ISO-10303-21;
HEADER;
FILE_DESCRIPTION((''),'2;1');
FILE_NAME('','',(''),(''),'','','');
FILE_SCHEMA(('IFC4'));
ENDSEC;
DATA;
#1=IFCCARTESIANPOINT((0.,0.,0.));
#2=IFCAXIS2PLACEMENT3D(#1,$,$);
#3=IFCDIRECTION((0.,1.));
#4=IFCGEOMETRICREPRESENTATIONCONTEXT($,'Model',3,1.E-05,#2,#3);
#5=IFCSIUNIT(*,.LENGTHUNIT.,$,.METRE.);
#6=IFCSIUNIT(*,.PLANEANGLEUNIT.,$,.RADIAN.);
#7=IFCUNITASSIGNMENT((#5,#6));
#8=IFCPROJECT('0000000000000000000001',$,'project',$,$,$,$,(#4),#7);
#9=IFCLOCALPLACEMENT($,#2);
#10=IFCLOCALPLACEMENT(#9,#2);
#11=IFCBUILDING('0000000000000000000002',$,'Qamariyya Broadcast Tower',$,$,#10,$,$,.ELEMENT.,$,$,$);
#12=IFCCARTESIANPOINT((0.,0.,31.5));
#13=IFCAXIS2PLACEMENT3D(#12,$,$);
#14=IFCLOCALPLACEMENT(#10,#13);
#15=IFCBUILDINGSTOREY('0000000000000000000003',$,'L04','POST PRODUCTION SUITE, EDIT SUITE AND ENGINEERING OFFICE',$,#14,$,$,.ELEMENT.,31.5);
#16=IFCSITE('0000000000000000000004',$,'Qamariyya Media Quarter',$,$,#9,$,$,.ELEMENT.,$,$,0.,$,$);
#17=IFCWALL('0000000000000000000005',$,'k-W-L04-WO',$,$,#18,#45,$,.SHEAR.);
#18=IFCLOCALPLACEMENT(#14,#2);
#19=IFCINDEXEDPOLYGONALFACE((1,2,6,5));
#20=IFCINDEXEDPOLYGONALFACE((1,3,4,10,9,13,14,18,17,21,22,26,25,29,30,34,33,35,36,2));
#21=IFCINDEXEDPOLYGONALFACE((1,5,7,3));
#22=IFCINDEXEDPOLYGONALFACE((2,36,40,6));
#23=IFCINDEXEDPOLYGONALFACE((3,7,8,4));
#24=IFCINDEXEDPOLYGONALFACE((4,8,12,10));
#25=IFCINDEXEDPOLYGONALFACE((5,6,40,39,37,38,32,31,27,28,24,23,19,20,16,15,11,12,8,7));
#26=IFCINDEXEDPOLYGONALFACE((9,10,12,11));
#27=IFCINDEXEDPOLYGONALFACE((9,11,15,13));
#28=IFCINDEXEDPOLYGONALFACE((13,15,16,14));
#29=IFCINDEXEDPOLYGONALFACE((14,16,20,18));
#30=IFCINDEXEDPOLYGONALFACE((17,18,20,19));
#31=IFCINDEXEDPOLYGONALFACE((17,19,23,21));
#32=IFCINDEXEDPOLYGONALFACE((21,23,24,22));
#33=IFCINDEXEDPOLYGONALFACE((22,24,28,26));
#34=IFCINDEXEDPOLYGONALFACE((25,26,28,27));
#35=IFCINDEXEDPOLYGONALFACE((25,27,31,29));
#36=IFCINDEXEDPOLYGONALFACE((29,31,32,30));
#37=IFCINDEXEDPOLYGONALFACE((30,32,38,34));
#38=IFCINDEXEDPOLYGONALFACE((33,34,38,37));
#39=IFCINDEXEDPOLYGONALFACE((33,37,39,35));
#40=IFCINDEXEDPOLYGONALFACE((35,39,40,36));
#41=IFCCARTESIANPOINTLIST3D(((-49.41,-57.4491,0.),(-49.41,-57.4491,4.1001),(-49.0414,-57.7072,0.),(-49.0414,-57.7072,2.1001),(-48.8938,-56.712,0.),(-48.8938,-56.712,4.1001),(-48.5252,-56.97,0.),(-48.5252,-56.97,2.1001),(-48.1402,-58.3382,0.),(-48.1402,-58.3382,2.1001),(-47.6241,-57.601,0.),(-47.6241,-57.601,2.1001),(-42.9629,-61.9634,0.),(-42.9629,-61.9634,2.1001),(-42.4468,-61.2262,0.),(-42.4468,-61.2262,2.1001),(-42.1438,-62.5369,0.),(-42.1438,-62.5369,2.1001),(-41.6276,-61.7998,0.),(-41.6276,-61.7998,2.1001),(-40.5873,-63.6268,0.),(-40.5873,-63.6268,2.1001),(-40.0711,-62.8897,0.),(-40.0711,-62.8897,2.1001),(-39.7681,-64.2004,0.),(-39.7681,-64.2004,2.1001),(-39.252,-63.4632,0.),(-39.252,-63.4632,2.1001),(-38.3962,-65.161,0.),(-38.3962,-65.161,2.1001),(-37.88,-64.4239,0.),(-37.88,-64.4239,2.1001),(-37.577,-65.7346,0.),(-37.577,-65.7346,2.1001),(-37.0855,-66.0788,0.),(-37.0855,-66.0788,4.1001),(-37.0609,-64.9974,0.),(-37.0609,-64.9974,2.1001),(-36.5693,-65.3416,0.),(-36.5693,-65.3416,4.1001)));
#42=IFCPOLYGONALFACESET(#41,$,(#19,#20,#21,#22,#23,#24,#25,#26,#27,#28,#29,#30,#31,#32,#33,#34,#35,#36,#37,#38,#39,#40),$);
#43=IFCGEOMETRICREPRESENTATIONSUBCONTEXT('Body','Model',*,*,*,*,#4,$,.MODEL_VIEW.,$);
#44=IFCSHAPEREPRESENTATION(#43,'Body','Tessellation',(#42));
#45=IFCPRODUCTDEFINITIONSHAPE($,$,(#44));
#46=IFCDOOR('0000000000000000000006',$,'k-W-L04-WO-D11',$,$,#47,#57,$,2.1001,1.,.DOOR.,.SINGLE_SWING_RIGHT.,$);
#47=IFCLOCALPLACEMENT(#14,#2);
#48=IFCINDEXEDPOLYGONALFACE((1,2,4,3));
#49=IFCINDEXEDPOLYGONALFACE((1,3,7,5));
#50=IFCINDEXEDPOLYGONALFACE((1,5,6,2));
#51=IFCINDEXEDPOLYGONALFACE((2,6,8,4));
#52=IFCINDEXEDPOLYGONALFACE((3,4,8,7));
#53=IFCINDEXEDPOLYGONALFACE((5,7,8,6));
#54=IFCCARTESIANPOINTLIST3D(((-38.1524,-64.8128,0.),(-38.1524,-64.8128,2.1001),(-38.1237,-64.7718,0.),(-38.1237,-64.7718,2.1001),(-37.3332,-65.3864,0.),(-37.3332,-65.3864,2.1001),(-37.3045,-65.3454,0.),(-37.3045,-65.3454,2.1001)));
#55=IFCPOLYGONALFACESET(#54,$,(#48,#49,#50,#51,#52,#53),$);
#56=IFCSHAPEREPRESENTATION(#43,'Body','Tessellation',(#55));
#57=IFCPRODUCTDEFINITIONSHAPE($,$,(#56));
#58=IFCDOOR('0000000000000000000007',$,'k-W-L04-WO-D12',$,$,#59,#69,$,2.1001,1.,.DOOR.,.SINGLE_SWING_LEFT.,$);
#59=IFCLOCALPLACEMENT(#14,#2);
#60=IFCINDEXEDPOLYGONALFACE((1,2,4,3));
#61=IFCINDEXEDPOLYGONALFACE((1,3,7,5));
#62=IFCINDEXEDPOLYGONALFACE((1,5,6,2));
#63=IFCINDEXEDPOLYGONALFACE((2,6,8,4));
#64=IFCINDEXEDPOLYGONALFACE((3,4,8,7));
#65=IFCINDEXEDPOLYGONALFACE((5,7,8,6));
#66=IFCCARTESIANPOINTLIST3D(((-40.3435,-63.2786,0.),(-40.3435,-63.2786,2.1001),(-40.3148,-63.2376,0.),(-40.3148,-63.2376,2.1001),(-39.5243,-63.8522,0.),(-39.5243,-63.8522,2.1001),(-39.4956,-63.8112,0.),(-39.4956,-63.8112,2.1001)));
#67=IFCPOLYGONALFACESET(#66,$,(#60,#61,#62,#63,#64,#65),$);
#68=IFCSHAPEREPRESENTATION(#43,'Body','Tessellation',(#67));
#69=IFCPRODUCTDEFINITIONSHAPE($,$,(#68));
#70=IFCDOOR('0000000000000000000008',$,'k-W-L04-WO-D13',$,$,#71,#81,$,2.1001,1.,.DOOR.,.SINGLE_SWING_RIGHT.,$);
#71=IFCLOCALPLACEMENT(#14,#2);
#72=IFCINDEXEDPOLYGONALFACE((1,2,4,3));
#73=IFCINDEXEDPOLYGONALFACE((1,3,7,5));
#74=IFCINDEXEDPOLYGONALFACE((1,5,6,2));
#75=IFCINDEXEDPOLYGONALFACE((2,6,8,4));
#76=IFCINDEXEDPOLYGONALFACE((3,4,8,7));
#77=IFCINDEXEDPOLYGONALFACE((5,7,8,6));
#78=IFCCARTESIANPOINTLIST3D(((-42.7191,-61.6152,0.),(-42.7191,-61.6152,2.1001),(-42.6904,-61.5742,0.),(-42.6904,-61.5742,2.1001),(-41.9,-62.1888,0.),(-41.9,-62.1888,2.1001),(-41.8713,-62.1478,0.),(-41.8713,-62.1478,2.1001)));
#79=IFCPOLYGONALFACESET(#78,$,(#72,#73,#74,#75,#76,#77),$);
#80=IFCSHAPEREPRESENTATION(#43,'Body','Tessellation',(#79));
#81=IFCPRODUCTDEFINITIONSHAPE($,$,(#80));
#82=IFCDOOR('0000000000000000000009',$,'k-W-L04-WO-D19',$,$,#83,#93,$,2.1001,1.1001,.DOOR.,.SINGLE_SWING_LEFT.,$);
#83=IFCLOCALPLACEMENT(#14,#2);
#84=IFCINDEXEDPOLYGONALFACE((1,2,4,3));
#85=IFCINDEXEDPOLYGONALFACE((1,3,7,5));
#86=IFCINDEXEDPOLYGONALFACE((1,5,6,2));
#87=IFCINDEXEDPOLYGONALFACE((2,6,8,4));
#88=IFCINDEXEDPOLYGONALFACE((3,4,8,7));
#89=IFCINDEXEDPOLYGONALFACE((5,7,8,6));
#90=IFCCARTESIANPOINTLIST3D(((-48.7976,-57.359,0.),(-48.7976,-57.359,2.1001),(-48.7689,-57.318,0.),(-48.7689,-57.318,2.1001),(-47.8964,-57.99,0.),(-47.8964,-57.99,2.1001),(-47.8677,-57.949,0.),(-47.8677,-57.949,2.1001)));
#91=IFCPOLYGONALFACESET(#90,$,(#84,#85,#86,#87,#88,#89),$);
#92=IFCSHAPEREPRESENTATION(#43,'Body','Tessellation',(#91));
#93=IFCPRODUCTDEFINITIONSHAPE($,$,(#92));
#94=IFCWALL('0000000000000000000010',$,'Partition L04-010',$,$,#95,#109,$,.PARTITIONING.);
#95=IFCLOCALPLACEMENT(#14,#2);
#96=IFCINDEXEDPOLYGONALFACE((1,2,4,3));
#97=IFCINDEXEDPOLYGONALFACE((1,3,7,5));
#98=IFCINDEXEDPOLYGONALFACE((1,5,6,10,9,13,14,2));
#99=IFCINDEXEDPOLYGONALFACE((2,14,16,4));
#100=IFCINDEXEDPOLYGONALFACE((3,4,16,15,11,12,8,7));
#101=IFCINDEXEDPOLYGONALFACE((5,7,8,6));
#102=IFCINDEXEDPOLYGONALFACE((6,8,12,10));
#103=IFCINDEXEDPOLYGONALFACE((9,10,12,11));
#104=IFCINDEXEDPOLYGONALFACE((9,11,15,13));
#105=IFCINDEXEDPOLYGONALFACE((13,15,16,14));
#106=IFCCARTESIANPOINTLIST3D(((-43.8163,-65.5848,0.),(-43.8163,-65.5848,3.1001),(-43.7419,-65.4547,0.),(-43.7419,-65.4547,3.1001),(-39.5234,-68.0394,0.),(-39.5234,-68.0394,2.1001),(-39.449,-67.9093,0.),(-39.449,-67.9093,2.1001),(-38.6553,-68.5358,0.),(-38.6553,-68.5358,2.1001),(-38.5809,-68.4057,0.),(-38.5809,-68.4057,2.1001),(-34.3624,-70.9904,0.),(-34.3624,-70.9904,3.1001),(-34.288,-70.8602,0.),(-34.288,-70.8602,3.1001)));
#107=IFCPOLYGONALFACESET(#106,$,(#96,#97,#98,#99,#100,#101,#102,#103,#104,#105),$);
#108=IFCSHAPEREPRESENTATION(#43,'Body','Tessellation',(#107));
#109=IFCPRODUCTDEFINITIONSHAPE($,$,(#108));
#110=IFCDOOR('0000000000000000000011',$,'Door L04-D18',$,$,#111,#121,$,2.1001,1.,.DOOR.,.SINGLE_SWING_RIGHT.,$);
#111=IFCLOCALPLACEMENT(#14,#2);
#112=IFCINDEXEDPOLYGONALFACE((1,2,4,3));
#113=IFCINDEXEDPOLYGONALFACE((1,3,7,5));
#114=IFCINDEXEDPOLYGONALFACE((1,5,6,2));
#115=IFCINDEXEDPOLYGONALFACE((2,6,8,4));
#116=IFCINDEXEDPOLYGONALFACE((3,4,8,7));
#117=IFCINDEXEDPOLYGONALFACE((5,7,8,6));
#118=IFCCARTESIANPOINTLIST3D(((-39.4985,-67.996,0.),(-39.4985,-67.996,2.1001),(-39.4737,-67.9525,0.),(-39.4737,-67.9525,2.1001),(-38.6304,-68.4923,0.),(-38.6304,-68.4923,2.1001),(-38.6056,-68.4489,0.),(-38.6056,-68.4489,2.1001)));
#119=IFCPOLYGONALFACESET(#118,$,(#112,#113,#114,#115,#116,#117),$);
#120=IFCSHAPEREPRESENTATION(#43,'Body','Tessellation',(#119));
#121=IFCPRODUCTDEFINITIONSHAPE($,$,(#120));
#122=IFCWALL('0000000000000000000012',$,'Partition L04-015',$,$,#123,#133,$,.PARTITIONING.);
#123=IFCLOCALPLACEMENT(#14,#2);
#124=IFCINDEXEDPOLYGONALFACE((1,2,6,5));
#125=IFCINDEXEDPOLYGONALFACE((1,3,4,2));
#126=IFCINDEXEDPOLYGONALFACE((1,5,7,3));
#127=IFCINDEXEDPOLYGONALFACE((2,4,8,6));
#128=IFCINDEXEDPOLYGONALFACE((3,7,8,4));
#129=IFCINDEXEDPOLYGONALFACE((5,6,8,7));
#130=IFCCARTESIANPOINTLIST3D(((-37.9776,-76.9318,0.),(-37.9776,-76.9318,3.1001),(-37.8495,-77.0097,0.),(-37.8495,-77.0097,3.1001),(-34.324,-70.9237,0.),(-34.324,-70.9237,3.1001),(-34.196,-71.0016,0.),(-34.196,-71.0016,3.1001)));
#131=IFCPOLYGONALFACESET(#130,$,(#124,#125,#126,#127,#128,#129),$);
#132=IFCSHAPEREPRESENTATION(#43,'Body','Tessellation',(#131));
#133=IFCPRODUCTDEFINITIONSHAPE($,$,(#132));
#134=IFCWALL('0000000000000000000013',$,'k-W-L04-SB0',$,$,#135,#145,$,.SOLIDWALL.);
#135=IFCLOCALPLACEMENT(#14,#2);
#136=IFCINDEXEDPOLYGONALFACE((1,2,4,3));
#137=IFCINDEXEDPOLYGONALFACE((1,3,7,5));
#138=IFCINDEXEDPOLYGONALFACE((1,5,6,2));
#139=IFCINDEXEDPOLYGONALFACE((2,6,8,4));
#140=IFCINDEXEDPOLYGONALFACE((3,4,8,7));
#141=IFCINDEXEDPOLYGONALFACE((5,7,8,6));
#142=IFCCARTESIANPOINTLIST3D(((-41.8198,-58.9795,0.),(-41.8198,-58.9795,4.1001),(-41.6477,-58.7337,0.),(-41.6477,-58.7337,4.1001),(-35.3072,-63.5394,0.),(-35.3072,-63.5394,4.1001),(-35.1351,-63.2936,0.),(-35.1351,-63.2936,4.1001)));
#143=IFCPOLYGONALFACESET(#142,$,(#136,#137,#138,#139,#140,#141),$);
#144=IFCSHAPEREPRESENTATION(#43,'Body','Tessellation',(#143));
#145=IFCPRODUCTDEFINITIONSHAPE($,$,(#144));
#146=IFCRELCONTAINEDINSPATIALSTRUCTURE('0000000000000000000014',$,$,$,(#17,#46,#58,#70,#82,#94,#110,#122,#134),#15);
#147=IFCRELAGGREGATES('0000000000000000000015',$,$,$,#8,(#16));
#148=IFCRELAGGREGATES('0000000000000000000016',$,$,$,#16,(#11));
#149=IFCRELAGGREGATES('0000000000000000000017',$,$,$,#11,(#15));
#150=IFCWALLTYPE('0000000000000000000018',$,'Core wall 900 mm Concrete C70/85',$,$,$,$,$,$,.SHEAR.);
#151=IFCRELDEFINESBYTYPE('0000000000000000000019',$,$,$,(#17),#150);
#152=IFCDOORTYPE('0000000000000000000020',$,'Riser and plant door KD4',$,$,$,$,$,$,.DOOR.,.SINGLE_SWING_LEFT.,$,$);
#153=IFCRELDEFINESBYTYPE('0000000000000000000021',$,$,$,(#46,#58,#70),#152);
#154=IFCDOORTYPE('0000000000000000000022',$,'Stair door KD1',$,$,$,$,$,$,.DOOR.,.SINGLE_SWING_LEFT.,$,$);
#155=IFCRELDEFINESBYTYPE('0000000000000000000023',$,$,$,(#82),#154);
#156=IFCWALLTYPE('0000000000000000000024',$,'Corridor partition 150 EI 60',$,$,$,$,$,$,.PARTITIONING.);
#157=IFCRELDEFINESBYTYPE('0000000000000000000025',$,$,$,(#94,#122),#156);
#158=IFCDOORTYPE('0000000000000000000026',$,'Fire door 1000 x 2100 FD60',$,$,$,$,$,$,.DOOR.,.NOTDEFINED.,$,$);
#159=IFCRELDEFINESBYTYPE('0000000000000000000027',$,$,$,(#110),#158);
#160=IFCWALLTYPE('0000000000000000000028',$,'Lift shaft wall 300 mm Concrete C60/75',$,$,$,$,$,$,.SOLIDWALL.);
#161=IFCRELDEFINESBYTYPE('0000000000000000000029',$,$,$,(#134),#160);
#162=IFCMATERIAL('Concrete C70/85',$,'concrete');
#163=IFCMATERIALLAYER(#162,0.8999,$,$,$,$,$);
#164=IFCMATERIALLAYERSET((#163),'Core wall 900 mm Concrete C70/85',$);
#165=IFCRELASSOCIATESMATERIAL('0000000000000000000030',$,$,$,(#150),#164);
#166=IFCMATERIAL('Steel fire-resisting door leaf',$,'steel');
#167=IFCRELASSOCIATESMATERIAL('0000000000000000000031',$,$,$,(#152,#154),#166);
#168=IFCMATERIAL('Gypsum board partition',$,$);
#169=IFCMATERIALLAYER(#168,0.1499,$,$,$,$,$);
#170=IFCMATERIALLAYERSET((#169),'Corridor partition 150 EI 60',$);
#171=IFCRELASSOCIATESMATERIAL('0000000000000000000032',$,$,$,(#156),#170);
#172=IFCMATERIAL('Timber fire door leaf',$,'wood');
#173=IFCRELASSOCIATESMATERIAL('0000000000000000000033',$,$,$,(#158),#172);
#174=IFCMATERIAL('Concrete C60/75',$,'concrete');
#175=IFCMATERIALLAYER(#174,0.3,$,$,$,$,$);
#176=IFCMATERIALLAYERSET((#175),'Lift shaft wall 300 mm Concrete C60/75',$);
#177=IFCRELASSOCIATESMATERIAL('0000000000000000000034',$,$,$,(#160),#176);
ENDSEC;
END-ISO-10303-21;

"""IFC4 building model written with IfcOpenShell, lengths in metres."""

from ifc_helpers import new_model, si_unit, direction, frame, frame_2d, origin, place, context, subcontext, project, spatial, rectangle, extrude, material, layer, layer_set, type_object, element, fill, save


model = new_model("IFC4")

# Units and contexts
model_context = context("Model", 3, precision=1e-05, world=origin(), true_north=direction((0.0, 1.0)))
body_context = subcontext(model_context, "Body", "Model", "MODEL_VIEW")
ifc_project = project(units=[si_unit("LENGTHUNIT", "METRE"), si_unit("PLANEANGLEUNIT", "RADIAN")], contexts=[model_context])

# Site, building, storey
site_placement = place(None, origin())
site = spatial("IfcSite", under=ifc_project, at=site_placement, Name="Qamariyya Media Quarter", CompositionType="ELEMENT", RefElevation=0.0)
building_placement = place(site_placement, origin())
building = spatial("IfcBuilding", under=site, at=building_placement, Name="Qamariyya Broadcast Tower", CompositionType="ELEMENT")
storey_placement = place(building_placement, frame((0.0, 0.0, 31.5)))
storey = spatial("IfcBuildingStorey", under=building, at=storey_placement, Name="L04", Description="POST PRODUCTION SUITE, EDIT SUITE AND ENGINEERING OFFICE", CompositionType="ELEMENT", Elevation=31.5)

# Shared definitions
ifc_material_1 = material(Name="Concrete C70/85", Category="concrete")

# Shared definitions
ifc_layer_1 = layer(ifc_material_1, 0.8999)
ifc_layer_set_1 = layer_set([ifc_layer_1], Name="Core wall 900 mm Concrete C70/85")
wall_type_1 = type_object("IfcWallType", Name="Core wall 900 mm Concrete C70/85", PredefinedType="SHEAR", material=ifc_layer_set_1)
ifc_material_2 = material(Name="Steel fire-resisting door leaf", Category="steel")

# Wall, openings, doors
wall_1_placement = place(storey_placement, frame((-36.8274, -65.7102, 0.0), z_axis=(0.0, 0.0, 1.0), x_axis=(-0.819153, 0.573575, 0.0)))
wall_1 = element("IfcWall", 1, at=wall_1_placement, inside=storey, type_object=wall_type_1, Name="k-W-L04-WO", PredefinedType="SHEAR", context=body_context, shape_type="SweptSolid", body=[
    extrude(rectangle(XDim=15.0454, YDim=0.8999, at=frame_2d((7.5227, 0.0))), origin(), (0.0, 0.0, 1.0), 4.1001),
])
opening_1_placement = place(wall_1_placement, frame((0.6001, 0.0, 0.0)))
opening_1 = element("IfcOpeningElement", 2, at=opening_1_placement, cuts=wall_1, PredefinedType="OPENING", context=body_context, shape_type="SweptSolid", body=[
    extrude(rectangle(XDim=1.0, YDim=2.1001, at=frame_2d((0.5, 1.05))), frame((0.0, 0.46, 0.0), z_axis=(0.0, -1.0, 0.0), x_axis=(1.0, 0.0, 0.0)), (0.0, 0.0, 1.0), 0.9199),
])
opening_2_placement = place(wall_1_placement, frame((3.2749, 0.0, 0.0)))
opening_2 = element("IfcOpeningElement", 3, at=opening_2_placement, cuts=wall_1, PredefinedType="OPENING", context=body_context, shape_type="SweptSolid", body=[
    extrude(rectangle(XDim=1.0, YDim=2.1001, at=frame_2d((0.5, 1.05))), frame((0.0, 0.46, 0.0), z_axis=(0.0, -1.0, 0.0), x_axis=(1.0, 0.0, 0.0)), (0.0, 0.0, 1.0), 0.9199),
])
opening_3_placement = place(wall_1_placement, frame((6.175, 0.0, 0.0)))
opening_3 = element("IfcOpeningElement", 4, at=opening_3_placement, cuts=wall_1, PredefinedType="OPENING", context=body_context, shape_type="SweptSolid", body=[
    extrude(rectangle(XDim=1.0, YDim=2.1001, at=frame_2d((0.5, 1.05))), frame((0.0, 0.46, 0.0), z_axis=(0.0, -1.0, 0.0), x_axis=(1.0, 0.0, 0.0)), (0.0, 0.0, 1.0), 0.9199),
])
opening_4_placement = place(wall_1_placement, frame((13.4954, 0.0, 0.0)))
opening_4 = element("IfcOpeningElement", 5, at=opening_4_placement, cuts=wall_1, PredefinedType="OPENING", context=body_context, shape_type="SweptSolid", body=[
    extrude(rectangle(XDim=1.1001, YDim=2.1001, at=frame_2d((0.55, 1.05))), frame((0.0, 0.46, 0.0), z_axis=(0.0, -1.0, 0.0), x_axis=(1.0, 0.0, 0.0)), (0.0, 0.0, 1.0), 0.9199),
])
door_type_1 = type_object("IfcDoorType", Name="Riser and plant door KD4", OperationType="SINGLE_SWING_LEFT", PredefinedType="DOOR", material=ifc_material_2)
door_1_placement = place(opening_1_placement, origin())
door_1 = element("IfcDoor", 6, at=door_1_placement, inside=storey, type_object=door_type_1, Name="k-W-L04-WO-D11", OperationType="SINGLE_SWING_RIGHT", OverallHeight=2.1001, OverallWidth=1.0, PredefinedType="DOOR", context=body_context, shape_type="SweptSolid", body=[
    extrude(rectangle(XDim=1.0, YDim=2.1001, at=frame_2d((0.5, 1.05))), frame((0.0, 0.0249, 0.0), z_axis=(0.0, -1.0, 0.0), x_axis=(1.0, 0.0, 0.0)), (0.0, 0.0, 1.0), 0.05),
])
fill(opening_1, door_1)
door_2_placement = place(opening_2_placement, origin())
door_2 = element("IfcDoor", 7, at=door_2_placement, inside=storey, type_object=door_type_1, Name="k-W-L04-WO-D12", OperationType="SINGLE_SWING_LEFT", OverallHeight=2.1001, OverallWidth=1.0, PredefinedType="DOOR", context=body_context, shape_type="SweptSolid", body=[
    extrude(rectangle(XDim=1.0, YDim=2.1001, at=frame_2d((0.5, 1.05))), frame((0.0, 0.0249, 0.0), z_axis=(0.0, -1.0, 0.0), x_axis=(1.0, 0.0, 0.0)), (0.0, 0.0, 1.0), 0.05),
])
fill(opening_2, door_2)
door_3_placement = place(opening_3_placement, origin())
door_3 = element("IfcDoor", 8, at=door_3_placement, inside=storey, type_object=door_type_1, Name="k-W-L04-WO-D13", OperationType="SINGLE_SWING_RIGHT", OverallHeight=2.1001, OverallWidth=1.0, PredefinedType="DOOR", context=body_context, shape_type="SweptSolid", body=[
    extrude(rectangle(XDim=1.0, YDim=2.1001, at=frame_2d((0.5, 1.05))), frame((0.0, 0.0249, 0.0), z_axis=(0.0, -1.0, 0.0), x_axis=(1.0, 0.0, 0.0)), (0.0, 0.0, 1.0), 0.05),
])
fill(opening_3, door_3)
door_type_2 = type_object("IfcDoorType", Name="Stair door KD1", OperationType="SINGLE_SWING_LEFT", PredefinedType="DOOR", material=ifc_material_2)
door_4_placement = place(opening_4_placement, origin())
door_4 = element("IfcDoor", 9, at=door_4_placement, inside=storey, type_object=door_type_2, Name="k-W-L04-WO-D19", OperationType="SINGLE_SWING_LEFT", OverallHeight=2.1001, OverallWidth=1.1001, PredefinedType="DOOR", context=body_context, shape_type="SweptSolid", body=[
    extrude(rectangle(XDim=1.1001, YDim=2.1001, at=frame_2d((0.55, 1.05))), frame((0.0, 0.0249, 0.0), z_axis=(0.0, -1.0, 0.0), x_axis=(1.0, 0.0, 0.0)), (0.0, 0.0, 1.0), 0.05),
])
fill(opening_4, door_4)

# Wall, opening, door
ifc_material_3 = material(Name="Gypsum board partition")
ifc_layer_2 = layer(ifc_material_3, 0.1499)
ifc_layer_set_2 = layer_set([ifc_layer_2], Name="Corridor partition 150 EI 60")
wall_type_2 = type_object("IfcWallType", Name="Corridor partition 150 EI 60", PredefinedType="PARTITIONING", material=ifc_layer_set_2)
wall_2_placement = place(storey_placement, frame((-34.3252, -70.9253, 0.0), z_axis=(0.0, 0.0, 1.0), x_axis=(-0.868112, 0.496368, 0.0)))
wall_2 = element("IfcWall", 10, at=wall_2_placement, inside=storey, type_object=wall_type_2, Name="Partition L04-010", PredefinedType="PARTITIONING", context=body_context, shape_type="SweptSolid", body=[
    extrude(rectangle(XDim=10.8901, YDim=0.1499, at=frame_2d((5.4451, 0.0))), origin(), (0.0, 0.0, 1.0), 3.1001),
])
opening_5_placement = place(wall_2_placement, frame((4.9451, 0.0, 0.0)))
opening_5 = element("IfcOpeningElement", 11, at=opening_5_placement, cuts=wall_2, PredefinedType="OPENING", context=body_context, shape_type="SweptSolid", body=[
    extrude(rectangle(XDim=1.0, YDim=2.1001, at=frame_2d((0.5, 1.05))), frame((0.0, 0.085, 0.0), z_axis=(0.0, -1.0, 0.0), x_axis=(1.0, 0.0, 0.0)), (0.0, 0.0, 1.0), 0.1699),
])
ifc_material_4 = material(Name="Timber fire door leaf", Category="wood")
door_type_3 = type_object("IfcDoorType", Name="Fire door 1000 x 2100 FD60", OperationType="NOTDEFINED", PredefinedType="DOOR", material=ifc_material_4)
door_5_placement = place(opening_5_placement, origin())
door_5 = element("IfcDoor", 12, at=door_5_placement, inside=storey, type_object=door_type_3, Name="Door L04-D18", OperationType="SINGLE_SWING_RIGHT", OverallHeight=2.1001, OverallWidth=1.0, PredefinedType="DOOR", context=body_context, shape_type="SweptSolid", body=[
    extrude(rectangle(XDim=1.0, YDim=2.1001, at=frame_2d((0.5, 1.05))), frame((0.0, 0.0249, 0.0), z_axis=(0.0, -1.0, 0.0), x_axis=(1.0, 0.0, 0.0)), (0.0, 0.0, 1.0), 0.05),
])
fill(opening_5, door_5)

# Walls
wall_3_placement = place(storey_placement, frame((-34.26, -70.9626, 0.0), z_axis=(0.0, 0.0, 1.0), x_axis=(-0.519582, -0.85442, 0.0)))
element("IfcWall", 13, at=wall_3_placement, inside=storey, type_object=wall_type_2, Name="Partition L04-015", PredefinedType="PARTITIONING", context=body_context, shape_type="SweptSolid", body=[
    extrude(rectangle(XDim=7.0317, YDim=0.1499, at=frame_2d((3.5159, 0.0))), origin(), (0.0, 0.0, 1.0), 3.1001),
])
ifc_material_5 = material(Name="Concrete C60/75", Category="concrete")
ifc_layer_3 = layer(ifc_material_5, 0.3)
ifc_layer_set_3 = layer_set([ifc_layer_3], Name="Lift shaft wall 300 mm Concrete C60/75")
wall_type_3 = type_object("IfcWallType", Name="Lift shaft wall 300 mm Concrete C60/75", PredefinedType="SOLIDWALL", material=ifc_layer_set_3)
wall_4_placement = place(storey_placement, frame((-35.2212, -63.4165, 0.0), z_axis=(0.0, 0.0, 1.0), x_axis=(-0.819167, 0.573555, 0.0)))
element("IfcWall", 14, at=wall_4_placement, inside=storey, type_object=wall_type_3, Name="k-W-L04-SB0", PredefinedType="SOLIDWALL", context=body_context, shape_type="SweptSolid", body=[
    extrude(rectangle(XDim=7.9502, YDim=0.3, at=frame_2d((3.9751, 0.0))), origin(), (0.0, 0.0, 1.0), 4.1001),
])

save(model, "model.ifc")
